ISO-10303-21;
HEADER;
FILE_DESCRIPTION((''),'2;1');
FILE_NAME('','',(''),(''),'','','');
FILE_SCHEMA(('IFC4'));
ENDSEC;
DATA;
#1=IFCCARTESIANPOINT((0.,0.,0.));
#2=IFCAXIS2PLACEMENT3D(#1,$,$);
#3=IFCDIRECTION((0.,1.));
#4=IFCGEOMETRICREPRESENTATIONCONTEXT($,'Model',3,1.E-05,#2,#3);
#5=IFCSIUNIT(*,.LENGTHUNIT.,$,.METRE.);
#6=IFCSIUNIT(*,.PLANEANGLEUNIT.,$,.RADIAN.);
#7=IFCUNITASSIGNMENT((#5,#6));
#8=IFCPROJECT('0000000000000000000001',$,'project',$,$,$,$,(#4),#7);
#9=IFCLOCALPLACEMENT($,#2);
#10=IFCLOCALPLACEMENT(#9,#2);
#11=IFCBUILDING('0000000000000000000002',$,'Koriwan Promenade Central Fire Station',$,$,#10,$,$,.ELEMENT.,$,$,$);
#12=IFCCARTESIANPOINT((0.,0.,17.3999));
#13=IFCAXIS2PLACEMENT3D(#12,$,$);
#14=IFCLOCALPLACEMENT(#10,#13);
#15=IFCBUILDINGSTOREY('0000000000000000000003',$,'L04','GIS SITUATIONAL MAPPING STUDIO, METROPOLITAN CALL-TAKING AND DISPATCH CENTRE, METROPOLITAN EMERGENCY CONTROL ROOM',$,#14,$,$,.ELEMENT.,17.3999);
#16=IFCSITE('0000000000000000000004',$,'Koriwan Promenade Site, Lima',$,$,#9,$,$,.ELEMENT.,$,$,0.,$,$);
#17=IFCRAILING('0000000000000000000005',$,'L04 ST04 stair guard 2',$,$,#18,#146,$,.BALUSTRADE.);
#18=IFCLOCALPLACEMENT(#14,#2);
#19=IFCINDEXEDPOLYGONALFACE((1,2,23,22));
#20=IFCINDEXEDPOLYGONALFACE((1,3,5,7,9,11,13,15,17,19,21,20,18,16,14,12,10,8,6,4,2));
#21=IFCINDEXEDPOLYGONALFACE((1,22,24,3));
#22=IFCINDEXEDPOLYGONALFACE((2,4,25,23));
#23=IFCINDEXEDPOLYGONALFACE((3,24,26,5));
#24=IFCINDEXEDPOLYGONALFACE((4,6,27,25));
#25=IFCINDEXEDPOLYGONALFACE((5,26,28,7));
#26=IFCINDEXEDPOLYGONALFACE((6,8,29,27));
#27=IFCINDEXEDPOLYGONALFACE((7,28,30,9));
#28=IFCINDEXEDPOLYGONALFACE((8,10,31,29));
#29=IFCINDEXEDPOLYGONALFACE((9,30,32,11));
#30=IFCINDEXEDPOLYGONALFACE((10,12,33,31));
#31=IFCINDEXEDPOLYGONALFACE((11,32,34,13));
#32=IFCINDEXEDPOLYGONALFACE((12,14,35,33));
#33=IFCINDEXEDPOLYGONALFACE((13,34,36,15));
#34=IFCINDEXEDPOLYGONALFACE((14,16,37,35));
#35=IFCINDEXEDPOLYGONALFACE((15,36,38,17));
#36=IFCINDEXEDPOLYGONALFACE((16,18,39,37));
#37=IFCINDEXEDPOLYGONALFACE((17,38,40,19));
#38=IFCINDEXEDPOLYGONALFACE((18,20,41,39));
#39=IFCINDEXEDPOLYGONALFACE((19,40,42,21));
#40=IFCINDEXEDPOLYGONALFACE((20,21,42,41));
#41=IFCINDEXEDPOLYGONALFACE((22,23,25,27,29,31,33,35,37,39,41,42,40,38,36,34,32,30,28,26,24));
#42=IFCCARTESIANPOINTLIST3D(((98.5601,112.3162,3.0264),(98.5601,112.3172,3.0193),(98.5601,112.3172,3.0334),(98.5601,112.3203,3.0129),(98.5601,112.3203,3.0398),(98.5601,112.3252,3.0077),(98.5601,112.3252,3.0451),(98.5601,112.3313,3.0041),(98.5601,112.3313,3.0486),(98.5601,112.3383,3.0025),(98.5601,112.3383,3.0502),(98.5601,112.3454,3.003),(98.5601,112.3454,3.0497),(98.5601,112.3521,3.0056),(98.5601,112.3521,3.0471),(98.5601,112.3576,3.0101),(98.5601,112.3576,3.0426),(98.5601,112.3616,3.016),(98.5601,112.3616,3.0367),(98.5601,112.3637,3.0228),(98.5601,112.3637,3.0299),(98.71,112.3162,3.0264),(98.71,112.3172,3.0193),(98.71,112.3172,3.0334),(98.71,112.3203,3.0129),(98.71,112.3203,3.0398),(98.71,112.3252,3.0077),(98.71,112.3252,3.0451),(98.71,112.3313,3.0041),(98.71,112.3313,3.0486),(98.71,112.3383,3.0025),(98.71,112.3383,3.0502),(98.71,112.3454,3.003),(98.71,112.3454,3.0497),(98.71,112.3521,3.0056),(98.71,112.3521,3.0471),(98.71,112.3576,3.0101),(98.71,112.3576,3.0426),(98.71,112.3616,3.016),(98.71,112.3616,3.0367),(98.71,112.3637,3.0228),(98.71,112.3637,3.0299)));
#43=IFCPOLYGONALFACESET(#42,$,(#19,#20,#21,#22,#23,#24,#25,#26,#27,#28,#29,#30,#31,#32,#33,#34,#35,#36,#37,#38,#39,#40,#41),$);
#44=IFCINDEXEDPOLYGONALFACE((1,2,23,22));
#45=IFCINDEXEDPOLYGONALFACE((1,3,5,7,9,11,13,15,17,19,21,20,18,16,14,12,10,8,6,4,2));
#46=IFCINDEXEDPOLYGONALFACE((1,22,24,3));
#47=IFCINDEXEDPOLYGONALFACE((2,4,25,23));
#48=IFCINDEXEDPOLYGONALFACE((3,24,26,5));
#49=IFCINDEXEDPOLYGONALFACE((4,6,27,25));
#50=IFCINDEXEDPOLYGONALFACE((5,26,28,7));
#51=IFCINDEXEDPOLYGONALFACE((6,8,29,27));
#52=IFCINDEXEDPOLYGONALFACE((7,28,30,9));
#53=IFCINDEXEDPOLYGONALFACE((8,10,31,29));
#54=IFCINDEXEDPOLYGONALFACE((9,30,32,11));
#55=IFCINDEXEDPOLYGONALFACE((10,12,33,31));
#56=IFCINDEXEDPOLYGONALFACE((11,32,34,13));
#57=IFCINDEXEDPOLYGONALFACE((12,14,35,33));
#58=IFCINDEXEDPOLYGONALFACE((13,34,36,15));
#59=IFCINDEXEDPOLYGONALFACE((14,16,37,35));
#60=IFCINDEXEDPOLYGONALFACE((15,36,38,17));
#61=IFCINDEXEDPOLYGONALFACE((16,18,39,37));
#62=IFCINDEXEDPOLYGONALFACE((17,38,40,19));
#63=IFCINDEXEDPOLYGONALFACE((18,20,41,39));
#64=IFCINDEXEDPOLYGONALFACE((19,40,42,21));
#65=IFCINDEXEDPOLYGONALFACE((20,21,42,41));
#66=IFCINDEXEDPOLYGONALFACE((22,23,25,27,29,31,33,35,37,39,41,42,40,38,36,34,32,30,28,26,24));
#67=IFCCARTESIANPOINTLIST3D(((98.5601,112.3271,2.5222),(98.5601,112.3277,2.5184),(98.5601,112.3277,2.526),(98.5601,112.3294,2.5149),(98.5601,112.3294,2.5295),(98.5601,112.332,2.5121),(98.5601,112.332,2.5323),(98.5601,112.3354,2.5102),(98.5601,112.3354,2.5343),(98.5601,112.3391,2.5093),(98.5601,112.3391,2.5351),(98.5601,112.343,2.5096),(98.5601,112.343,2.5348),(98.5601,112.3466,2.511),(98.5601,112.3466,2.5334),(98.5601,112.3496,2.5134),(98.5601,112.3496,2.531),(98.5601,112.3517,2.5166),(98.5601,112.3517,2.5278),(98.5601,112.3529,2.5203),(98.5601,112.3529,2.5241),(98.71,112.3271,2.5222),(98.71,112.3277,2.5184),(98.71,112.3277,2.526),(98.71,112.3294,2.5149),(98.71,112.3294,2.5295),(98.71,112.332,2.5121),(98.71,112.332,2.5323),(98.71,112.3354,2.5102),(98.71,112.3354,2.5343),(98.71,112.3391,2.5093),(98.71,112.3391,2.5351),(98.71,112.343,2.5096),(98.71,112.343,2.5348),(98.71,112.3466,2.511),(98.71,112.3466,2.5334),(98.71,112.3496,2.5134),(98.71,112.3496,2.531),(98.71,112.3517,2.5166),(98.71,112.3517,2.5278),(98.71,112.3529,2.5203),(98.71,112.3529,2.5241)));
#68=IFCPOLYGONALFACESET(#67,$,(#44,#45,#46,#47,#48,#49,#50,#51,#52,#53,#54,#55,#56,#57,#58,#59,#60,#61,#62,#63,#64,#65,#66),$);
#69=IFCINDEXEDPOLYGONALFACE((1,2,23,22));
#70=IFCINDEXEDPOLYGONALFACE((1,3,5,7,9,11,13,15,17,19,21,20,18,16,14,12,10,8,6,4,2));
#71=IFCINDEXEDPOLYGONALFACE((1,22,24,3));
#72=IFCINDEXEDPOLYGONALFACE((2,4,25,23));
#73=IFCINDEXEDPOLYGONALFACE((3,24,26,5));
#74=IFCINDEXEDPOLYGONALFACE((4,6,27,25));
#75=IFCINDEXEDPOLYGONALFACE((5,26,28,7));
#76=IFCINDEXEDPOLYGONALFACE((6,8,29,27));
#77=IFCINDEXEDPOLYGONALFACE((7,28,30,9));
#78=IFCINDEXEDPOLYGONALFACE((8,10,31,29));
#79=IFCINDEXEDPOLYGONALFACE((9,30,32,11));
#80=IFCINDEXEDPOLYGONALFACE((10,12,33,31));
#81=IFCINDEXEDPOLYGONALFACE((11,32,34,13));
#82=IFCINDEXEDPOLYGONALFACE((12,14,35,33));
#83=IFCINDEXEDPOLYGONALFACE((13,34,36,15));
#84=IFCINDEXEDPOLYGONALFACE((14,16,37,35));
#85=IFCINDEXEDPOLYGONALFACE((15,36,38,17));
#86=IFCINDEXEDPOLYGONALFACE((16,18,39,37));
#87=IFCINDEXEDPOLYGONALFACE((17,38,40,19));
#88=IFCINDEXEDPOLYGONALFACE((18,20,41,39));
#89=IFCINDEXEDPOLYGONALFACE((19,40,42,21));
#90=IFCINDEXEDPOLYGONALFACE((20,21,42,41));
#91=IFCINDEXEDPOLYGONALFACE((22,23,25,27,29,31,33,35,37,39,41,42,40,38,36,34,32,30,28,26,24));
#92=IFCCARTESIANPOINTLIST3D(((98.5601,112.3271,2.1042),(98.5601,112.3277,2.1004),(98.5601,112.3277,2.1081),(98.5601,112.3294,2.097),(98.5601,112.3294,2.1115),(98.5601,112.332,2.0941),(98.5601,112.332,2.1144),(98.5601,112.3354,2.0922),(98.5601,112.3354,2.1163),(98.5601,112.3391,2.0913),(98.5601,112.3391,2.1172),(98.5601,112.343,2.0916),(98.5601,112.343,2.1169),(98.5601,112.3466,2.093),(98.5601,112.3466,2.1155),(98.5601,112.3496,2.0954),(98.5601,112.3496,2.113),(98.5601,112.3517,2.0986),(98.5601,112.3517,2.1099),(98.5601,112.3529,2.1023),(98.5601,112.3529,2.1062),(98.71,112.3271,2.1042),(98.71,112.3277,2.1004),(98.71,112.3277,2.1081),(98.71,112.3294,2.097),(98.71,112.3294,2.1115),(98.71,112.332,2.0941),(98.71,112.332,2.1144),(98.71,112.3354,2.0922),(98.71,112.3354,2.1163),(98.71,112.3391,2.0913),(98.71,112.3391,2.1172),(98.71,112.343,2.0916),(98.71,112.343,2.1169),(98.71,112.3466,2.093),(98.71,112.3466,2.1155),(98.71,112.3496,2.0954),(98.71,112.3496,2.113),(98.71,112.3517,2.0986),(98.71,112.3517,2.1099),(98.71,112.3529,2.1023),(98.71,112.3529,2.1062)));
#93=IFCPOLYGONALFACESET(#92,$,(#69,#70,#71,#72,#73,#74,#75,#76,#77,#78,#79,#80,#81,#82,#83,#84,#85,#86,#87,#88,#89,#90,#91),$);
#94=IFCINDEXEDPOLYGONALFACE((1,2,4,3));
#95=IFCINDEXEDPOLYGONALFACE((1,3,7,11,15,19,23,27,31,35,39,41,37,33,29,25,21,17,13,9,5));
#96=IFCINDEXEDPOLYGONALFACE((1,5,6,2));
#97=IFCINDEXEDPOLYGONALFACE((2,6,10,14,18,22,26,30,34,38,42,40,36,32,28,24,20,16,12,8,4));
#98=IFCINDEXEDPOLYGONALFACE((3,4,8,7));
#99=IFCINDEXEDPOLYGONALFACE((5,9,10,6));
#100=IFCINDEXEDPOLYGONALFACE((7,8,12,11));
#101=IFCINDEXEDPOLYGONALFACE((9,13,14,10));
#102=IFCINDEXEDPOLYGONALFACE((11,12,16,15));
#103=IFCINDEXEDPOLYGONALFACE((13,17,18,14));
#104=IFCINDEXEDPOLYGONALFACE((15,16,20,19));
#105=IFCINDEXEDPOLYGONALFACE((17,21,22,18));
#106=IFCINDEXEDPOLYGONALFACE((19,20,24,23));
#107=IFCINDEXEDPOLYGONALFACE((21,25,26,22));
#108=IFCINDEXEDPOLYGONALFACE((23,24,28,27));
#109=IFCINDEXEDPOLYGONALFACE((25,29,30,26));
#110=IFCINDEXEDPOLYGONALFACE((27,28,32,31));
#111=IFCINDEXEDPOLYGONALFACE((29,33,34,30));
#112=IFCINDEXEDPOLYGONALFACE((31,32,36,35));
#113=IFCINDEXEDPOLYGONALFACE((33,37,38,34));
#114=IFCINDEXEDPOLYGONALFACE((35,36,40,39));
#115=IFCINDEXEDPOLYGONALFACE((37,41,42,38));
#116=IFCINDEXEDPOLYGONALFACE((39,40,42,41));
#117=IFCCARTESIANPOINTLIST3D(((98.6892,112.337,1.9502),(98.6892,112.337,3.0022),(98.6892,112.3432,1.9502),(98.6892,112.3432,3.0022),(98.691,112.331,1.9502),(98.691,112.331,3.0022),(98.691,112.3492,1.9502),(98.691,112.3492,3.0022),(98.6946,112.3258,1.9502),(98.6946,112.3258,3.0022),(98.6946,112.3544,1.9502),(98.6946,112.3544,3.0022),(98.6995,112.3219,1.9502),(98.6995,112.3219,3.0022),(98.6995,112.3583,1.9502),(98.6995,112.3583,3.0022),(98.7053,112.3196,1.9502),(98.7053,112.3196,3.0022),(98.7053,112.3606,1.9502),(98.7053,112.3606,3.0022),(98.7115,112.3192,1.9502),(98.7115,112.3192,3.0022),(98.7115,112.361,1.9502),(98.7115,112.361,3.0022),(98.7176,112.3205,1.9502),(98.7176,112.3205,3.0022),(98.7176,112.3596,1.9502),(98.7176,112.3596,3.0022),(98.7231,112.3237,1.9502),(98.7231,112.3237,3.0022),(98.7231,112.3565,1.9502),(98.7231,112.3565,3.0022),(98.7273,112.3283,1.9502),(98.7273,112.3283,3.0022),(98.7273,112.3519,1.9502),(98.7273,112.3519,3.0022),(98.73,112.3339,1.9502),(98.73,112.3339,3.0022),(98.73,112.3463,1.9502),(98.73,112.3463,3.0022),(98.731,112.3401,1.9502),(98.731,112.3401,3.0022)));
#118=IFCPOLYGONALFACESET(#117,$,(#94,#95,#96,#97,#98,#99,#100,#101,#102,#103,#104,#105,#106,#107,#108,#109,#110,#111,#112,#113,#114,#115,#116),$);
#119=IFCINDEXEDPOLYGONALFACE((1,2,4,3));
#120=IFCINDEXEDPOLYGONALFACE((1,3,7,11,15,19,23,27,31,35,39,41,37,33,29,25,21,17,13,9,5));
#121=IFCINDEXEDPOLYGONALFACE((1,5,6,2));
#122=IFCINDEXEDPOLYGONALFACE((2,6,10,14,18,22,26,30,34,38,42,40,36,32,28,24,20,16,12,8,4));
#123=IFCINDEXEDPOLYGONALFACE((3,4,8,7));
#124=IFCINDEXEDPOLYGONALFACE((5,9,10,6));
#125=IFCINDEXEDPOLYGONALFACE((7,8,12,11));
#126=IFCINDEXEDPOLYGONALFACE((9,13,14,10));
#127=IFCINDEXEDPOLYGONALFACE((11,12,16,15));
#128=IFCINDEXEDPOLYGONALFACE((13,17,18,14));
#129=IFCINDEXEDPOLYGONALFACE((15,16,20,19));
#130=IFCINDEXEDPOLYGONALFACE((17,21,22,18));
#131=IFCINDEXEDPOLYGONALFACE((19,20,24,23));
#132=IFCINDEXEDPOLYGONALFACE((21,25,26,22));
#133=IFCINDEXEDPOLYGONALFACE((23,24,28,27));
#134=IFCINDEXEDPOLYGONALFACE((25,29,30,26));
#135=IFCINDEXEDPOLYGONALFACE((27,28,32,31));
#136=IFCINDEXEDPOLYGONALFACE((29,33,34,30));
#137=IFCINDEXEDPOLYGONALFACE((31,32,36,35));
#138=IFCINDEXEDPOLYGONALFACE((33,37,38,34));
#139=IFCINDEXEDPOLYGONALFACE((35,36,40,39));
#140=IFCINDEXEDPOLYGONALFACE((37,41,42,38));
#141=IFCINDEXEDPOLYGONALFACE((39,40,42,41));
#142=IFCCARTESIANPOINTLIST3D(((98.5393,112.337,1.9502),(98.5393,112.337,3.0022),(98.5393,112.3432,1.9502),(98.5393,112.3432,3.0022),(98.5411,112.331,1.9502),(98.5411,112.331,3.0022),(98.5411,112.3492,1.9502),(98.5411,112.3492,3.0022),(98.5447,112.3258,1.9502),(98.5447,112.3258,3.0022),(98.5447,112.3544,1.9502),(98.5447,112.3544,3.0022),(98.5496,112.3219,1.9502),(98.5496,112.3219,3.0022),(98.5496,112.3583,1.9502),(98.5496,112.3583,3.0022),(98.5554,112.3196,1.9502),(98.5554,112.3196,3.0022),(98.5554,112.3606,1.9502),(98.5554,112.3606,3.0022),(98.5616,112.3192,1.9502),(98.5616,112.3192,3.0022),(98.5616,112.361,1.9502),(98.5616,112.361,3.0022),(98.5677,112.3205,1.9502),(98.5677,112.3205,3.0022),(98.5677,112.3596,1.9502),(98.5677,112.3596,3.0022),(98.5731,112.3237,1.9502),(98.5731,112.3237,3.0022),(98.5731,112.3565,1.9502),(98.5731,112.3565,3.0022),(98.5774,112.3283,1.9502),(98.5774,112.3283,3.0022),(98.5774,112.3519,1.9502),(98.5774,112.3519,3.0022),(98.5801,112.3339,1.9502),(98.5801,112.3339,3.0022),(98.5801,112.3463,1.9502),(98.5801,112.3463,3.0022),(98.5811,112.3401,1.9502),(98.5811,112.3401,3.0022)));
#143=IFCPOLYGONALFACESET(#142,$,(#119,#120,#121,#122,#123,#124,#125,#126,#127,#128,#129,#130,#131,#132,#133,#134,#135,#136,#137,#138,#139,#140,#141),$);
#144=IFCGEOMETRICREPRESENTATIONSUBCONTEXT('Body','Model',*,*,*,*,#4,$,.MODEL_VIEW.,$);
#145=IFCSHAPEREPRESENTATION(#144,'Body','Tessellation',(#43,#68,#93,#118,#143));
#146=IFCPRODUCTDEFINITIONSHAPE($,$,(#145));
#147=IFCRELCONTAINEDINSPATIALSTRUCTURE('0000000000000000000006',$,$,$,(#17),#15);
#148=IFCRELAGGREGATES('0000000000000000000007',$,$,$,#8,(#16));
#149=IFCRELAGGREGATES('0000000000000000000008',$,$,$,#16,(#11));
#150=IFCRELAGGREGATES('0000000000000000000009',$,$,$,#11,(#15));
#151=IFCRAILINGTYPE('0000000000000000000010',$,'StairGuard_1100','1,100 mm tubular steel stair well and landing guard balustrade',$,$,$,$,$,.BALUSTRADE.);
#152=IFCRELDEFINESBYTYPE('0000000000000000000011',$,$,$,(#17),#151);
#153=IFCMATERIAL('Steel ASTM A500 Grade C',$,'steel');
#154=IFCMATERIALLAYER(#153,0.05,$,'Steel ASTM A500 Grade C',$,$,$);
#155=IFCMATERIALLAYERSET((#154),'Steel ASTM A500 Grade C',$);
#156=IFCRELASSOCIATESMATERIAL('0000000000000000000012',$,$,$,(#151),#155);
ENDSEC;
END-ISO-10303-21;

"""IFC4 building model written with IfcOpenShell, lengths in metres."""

from ifc_helpers import new_model, si_unit, direction, frame, origin, origin_2d, place, context, subcontext, project, spatial, circle, extrude, material, layer, layer_set, type_object, element, save


model = new_model("IFC4")

# Units and contexts
model_context = context("Model", 3, precision=1e-05, world=origin(), true_north=direction((0.0, 1.0)))
body_context = subcontext(model_context, "Body", "Model", "MODEL_VIEW")
ifc_project = project(units=[si_unit("LENGTHUNIT", "METRE"), si_unit("PLANEANGLEUNIT", "RADIAN")], contexts=[model_context])

# Site, building, storey
site_placement = place(None, origin())
site = spatial("IfcSite", under=ifc_project, at=site_placement, Name="Koriwan Promenade Site, Lima", CompositionType="ELEMENT", RefElevation=0.0)
building_placement = place(site_placement, origin())
building = spatial("IfcBuilding", under=site, at=building_placement, Name="Koriwan Promenade Central Fire Station", CompositionType="ELEMENT")
storey_placement = place(building_placement, frame((0.0, 0.0, 17.3999)))
storey = spatial("IfcBuildingStorey", under=building, at=storey_placement, Name="L04", Description="GIS SITUATIONAL MAPPING STUDIO, METROPOLITAN CALL-TAKING AND DISPATCH CENTRE, METROPOLITAN EMERGENCY CONTROL ROOM", CompositionType="ELEMENT", Elevation=17.3999)

# Railing
ifc_material_1 = material(Name="Steel ASTM A500 Grade C", Category="steel")
ifc_layer_1 = layer(ifc_material_1, 0.05, Name="Steel ASTM A500 Grade C")
ifc_layer_set_1 = layer_set([ifc_layer_1], Name="Steel ASTM A500 Grade C")
railing_type_1 = type_object("IfcRailingType", Name="StairGuard_1100", Description="1,100 mm tubular steel stair well and landing guard balustrade", PredefinedType="BALUSTRADE", material=ifc_layer_set_1)
railing_1_placement = place(storey_placement, frame((98.71, 112.3401, 1.9502)))
element("IfcRailing", 1, at=railing_1_placement, inside=storey, type_object=railing_type_1, Name="L04 ST04 stair guard 2", PredefinedType="BALUSTRADE", context=body_context, shape_type="SweptSolid", body=[
    extrude(circle(Radius=0.0239, at=origin_2d()), frame((0.0, 0.0, 1.0762), z_axis=(-1.0, 0.0, 0.0), x_axis=(0.0, -1.0, 0.0)), (0.0, 0.0, 1.0), 0.1499),
    extrude(circle(Radius=0.0129, at=origin_2d()), frame((0.0, 0.0, 0.572), z_axis=(-1.0, 0.0, 0.0), x_axis=(0.0, -1.0, 0.0)), (0.0, 0.0, 1.0), 0.1499),
    extrude(circle(Radius=0.0129, at=origin_2d()), frame((0.0, 0.0, 0.1541), z_axis=(-1.0, 0.0, 0.0), x_axis=(0.0, -1.0, 0.0)), (0.0, 0.0, 1.0), 0.1499),
    extrude(circle(Radius=0.021, at=origin_2d()), origin(), (0.0, 0.0, 1.0), 1.052),
    extrude(circle(Radius=0.021, at=origin_2d()), frame((-0.1499, 0.0, 0.0)), (0.0, 0.0, 1.0), 1.052),
])

save(model, "model.ifc")
